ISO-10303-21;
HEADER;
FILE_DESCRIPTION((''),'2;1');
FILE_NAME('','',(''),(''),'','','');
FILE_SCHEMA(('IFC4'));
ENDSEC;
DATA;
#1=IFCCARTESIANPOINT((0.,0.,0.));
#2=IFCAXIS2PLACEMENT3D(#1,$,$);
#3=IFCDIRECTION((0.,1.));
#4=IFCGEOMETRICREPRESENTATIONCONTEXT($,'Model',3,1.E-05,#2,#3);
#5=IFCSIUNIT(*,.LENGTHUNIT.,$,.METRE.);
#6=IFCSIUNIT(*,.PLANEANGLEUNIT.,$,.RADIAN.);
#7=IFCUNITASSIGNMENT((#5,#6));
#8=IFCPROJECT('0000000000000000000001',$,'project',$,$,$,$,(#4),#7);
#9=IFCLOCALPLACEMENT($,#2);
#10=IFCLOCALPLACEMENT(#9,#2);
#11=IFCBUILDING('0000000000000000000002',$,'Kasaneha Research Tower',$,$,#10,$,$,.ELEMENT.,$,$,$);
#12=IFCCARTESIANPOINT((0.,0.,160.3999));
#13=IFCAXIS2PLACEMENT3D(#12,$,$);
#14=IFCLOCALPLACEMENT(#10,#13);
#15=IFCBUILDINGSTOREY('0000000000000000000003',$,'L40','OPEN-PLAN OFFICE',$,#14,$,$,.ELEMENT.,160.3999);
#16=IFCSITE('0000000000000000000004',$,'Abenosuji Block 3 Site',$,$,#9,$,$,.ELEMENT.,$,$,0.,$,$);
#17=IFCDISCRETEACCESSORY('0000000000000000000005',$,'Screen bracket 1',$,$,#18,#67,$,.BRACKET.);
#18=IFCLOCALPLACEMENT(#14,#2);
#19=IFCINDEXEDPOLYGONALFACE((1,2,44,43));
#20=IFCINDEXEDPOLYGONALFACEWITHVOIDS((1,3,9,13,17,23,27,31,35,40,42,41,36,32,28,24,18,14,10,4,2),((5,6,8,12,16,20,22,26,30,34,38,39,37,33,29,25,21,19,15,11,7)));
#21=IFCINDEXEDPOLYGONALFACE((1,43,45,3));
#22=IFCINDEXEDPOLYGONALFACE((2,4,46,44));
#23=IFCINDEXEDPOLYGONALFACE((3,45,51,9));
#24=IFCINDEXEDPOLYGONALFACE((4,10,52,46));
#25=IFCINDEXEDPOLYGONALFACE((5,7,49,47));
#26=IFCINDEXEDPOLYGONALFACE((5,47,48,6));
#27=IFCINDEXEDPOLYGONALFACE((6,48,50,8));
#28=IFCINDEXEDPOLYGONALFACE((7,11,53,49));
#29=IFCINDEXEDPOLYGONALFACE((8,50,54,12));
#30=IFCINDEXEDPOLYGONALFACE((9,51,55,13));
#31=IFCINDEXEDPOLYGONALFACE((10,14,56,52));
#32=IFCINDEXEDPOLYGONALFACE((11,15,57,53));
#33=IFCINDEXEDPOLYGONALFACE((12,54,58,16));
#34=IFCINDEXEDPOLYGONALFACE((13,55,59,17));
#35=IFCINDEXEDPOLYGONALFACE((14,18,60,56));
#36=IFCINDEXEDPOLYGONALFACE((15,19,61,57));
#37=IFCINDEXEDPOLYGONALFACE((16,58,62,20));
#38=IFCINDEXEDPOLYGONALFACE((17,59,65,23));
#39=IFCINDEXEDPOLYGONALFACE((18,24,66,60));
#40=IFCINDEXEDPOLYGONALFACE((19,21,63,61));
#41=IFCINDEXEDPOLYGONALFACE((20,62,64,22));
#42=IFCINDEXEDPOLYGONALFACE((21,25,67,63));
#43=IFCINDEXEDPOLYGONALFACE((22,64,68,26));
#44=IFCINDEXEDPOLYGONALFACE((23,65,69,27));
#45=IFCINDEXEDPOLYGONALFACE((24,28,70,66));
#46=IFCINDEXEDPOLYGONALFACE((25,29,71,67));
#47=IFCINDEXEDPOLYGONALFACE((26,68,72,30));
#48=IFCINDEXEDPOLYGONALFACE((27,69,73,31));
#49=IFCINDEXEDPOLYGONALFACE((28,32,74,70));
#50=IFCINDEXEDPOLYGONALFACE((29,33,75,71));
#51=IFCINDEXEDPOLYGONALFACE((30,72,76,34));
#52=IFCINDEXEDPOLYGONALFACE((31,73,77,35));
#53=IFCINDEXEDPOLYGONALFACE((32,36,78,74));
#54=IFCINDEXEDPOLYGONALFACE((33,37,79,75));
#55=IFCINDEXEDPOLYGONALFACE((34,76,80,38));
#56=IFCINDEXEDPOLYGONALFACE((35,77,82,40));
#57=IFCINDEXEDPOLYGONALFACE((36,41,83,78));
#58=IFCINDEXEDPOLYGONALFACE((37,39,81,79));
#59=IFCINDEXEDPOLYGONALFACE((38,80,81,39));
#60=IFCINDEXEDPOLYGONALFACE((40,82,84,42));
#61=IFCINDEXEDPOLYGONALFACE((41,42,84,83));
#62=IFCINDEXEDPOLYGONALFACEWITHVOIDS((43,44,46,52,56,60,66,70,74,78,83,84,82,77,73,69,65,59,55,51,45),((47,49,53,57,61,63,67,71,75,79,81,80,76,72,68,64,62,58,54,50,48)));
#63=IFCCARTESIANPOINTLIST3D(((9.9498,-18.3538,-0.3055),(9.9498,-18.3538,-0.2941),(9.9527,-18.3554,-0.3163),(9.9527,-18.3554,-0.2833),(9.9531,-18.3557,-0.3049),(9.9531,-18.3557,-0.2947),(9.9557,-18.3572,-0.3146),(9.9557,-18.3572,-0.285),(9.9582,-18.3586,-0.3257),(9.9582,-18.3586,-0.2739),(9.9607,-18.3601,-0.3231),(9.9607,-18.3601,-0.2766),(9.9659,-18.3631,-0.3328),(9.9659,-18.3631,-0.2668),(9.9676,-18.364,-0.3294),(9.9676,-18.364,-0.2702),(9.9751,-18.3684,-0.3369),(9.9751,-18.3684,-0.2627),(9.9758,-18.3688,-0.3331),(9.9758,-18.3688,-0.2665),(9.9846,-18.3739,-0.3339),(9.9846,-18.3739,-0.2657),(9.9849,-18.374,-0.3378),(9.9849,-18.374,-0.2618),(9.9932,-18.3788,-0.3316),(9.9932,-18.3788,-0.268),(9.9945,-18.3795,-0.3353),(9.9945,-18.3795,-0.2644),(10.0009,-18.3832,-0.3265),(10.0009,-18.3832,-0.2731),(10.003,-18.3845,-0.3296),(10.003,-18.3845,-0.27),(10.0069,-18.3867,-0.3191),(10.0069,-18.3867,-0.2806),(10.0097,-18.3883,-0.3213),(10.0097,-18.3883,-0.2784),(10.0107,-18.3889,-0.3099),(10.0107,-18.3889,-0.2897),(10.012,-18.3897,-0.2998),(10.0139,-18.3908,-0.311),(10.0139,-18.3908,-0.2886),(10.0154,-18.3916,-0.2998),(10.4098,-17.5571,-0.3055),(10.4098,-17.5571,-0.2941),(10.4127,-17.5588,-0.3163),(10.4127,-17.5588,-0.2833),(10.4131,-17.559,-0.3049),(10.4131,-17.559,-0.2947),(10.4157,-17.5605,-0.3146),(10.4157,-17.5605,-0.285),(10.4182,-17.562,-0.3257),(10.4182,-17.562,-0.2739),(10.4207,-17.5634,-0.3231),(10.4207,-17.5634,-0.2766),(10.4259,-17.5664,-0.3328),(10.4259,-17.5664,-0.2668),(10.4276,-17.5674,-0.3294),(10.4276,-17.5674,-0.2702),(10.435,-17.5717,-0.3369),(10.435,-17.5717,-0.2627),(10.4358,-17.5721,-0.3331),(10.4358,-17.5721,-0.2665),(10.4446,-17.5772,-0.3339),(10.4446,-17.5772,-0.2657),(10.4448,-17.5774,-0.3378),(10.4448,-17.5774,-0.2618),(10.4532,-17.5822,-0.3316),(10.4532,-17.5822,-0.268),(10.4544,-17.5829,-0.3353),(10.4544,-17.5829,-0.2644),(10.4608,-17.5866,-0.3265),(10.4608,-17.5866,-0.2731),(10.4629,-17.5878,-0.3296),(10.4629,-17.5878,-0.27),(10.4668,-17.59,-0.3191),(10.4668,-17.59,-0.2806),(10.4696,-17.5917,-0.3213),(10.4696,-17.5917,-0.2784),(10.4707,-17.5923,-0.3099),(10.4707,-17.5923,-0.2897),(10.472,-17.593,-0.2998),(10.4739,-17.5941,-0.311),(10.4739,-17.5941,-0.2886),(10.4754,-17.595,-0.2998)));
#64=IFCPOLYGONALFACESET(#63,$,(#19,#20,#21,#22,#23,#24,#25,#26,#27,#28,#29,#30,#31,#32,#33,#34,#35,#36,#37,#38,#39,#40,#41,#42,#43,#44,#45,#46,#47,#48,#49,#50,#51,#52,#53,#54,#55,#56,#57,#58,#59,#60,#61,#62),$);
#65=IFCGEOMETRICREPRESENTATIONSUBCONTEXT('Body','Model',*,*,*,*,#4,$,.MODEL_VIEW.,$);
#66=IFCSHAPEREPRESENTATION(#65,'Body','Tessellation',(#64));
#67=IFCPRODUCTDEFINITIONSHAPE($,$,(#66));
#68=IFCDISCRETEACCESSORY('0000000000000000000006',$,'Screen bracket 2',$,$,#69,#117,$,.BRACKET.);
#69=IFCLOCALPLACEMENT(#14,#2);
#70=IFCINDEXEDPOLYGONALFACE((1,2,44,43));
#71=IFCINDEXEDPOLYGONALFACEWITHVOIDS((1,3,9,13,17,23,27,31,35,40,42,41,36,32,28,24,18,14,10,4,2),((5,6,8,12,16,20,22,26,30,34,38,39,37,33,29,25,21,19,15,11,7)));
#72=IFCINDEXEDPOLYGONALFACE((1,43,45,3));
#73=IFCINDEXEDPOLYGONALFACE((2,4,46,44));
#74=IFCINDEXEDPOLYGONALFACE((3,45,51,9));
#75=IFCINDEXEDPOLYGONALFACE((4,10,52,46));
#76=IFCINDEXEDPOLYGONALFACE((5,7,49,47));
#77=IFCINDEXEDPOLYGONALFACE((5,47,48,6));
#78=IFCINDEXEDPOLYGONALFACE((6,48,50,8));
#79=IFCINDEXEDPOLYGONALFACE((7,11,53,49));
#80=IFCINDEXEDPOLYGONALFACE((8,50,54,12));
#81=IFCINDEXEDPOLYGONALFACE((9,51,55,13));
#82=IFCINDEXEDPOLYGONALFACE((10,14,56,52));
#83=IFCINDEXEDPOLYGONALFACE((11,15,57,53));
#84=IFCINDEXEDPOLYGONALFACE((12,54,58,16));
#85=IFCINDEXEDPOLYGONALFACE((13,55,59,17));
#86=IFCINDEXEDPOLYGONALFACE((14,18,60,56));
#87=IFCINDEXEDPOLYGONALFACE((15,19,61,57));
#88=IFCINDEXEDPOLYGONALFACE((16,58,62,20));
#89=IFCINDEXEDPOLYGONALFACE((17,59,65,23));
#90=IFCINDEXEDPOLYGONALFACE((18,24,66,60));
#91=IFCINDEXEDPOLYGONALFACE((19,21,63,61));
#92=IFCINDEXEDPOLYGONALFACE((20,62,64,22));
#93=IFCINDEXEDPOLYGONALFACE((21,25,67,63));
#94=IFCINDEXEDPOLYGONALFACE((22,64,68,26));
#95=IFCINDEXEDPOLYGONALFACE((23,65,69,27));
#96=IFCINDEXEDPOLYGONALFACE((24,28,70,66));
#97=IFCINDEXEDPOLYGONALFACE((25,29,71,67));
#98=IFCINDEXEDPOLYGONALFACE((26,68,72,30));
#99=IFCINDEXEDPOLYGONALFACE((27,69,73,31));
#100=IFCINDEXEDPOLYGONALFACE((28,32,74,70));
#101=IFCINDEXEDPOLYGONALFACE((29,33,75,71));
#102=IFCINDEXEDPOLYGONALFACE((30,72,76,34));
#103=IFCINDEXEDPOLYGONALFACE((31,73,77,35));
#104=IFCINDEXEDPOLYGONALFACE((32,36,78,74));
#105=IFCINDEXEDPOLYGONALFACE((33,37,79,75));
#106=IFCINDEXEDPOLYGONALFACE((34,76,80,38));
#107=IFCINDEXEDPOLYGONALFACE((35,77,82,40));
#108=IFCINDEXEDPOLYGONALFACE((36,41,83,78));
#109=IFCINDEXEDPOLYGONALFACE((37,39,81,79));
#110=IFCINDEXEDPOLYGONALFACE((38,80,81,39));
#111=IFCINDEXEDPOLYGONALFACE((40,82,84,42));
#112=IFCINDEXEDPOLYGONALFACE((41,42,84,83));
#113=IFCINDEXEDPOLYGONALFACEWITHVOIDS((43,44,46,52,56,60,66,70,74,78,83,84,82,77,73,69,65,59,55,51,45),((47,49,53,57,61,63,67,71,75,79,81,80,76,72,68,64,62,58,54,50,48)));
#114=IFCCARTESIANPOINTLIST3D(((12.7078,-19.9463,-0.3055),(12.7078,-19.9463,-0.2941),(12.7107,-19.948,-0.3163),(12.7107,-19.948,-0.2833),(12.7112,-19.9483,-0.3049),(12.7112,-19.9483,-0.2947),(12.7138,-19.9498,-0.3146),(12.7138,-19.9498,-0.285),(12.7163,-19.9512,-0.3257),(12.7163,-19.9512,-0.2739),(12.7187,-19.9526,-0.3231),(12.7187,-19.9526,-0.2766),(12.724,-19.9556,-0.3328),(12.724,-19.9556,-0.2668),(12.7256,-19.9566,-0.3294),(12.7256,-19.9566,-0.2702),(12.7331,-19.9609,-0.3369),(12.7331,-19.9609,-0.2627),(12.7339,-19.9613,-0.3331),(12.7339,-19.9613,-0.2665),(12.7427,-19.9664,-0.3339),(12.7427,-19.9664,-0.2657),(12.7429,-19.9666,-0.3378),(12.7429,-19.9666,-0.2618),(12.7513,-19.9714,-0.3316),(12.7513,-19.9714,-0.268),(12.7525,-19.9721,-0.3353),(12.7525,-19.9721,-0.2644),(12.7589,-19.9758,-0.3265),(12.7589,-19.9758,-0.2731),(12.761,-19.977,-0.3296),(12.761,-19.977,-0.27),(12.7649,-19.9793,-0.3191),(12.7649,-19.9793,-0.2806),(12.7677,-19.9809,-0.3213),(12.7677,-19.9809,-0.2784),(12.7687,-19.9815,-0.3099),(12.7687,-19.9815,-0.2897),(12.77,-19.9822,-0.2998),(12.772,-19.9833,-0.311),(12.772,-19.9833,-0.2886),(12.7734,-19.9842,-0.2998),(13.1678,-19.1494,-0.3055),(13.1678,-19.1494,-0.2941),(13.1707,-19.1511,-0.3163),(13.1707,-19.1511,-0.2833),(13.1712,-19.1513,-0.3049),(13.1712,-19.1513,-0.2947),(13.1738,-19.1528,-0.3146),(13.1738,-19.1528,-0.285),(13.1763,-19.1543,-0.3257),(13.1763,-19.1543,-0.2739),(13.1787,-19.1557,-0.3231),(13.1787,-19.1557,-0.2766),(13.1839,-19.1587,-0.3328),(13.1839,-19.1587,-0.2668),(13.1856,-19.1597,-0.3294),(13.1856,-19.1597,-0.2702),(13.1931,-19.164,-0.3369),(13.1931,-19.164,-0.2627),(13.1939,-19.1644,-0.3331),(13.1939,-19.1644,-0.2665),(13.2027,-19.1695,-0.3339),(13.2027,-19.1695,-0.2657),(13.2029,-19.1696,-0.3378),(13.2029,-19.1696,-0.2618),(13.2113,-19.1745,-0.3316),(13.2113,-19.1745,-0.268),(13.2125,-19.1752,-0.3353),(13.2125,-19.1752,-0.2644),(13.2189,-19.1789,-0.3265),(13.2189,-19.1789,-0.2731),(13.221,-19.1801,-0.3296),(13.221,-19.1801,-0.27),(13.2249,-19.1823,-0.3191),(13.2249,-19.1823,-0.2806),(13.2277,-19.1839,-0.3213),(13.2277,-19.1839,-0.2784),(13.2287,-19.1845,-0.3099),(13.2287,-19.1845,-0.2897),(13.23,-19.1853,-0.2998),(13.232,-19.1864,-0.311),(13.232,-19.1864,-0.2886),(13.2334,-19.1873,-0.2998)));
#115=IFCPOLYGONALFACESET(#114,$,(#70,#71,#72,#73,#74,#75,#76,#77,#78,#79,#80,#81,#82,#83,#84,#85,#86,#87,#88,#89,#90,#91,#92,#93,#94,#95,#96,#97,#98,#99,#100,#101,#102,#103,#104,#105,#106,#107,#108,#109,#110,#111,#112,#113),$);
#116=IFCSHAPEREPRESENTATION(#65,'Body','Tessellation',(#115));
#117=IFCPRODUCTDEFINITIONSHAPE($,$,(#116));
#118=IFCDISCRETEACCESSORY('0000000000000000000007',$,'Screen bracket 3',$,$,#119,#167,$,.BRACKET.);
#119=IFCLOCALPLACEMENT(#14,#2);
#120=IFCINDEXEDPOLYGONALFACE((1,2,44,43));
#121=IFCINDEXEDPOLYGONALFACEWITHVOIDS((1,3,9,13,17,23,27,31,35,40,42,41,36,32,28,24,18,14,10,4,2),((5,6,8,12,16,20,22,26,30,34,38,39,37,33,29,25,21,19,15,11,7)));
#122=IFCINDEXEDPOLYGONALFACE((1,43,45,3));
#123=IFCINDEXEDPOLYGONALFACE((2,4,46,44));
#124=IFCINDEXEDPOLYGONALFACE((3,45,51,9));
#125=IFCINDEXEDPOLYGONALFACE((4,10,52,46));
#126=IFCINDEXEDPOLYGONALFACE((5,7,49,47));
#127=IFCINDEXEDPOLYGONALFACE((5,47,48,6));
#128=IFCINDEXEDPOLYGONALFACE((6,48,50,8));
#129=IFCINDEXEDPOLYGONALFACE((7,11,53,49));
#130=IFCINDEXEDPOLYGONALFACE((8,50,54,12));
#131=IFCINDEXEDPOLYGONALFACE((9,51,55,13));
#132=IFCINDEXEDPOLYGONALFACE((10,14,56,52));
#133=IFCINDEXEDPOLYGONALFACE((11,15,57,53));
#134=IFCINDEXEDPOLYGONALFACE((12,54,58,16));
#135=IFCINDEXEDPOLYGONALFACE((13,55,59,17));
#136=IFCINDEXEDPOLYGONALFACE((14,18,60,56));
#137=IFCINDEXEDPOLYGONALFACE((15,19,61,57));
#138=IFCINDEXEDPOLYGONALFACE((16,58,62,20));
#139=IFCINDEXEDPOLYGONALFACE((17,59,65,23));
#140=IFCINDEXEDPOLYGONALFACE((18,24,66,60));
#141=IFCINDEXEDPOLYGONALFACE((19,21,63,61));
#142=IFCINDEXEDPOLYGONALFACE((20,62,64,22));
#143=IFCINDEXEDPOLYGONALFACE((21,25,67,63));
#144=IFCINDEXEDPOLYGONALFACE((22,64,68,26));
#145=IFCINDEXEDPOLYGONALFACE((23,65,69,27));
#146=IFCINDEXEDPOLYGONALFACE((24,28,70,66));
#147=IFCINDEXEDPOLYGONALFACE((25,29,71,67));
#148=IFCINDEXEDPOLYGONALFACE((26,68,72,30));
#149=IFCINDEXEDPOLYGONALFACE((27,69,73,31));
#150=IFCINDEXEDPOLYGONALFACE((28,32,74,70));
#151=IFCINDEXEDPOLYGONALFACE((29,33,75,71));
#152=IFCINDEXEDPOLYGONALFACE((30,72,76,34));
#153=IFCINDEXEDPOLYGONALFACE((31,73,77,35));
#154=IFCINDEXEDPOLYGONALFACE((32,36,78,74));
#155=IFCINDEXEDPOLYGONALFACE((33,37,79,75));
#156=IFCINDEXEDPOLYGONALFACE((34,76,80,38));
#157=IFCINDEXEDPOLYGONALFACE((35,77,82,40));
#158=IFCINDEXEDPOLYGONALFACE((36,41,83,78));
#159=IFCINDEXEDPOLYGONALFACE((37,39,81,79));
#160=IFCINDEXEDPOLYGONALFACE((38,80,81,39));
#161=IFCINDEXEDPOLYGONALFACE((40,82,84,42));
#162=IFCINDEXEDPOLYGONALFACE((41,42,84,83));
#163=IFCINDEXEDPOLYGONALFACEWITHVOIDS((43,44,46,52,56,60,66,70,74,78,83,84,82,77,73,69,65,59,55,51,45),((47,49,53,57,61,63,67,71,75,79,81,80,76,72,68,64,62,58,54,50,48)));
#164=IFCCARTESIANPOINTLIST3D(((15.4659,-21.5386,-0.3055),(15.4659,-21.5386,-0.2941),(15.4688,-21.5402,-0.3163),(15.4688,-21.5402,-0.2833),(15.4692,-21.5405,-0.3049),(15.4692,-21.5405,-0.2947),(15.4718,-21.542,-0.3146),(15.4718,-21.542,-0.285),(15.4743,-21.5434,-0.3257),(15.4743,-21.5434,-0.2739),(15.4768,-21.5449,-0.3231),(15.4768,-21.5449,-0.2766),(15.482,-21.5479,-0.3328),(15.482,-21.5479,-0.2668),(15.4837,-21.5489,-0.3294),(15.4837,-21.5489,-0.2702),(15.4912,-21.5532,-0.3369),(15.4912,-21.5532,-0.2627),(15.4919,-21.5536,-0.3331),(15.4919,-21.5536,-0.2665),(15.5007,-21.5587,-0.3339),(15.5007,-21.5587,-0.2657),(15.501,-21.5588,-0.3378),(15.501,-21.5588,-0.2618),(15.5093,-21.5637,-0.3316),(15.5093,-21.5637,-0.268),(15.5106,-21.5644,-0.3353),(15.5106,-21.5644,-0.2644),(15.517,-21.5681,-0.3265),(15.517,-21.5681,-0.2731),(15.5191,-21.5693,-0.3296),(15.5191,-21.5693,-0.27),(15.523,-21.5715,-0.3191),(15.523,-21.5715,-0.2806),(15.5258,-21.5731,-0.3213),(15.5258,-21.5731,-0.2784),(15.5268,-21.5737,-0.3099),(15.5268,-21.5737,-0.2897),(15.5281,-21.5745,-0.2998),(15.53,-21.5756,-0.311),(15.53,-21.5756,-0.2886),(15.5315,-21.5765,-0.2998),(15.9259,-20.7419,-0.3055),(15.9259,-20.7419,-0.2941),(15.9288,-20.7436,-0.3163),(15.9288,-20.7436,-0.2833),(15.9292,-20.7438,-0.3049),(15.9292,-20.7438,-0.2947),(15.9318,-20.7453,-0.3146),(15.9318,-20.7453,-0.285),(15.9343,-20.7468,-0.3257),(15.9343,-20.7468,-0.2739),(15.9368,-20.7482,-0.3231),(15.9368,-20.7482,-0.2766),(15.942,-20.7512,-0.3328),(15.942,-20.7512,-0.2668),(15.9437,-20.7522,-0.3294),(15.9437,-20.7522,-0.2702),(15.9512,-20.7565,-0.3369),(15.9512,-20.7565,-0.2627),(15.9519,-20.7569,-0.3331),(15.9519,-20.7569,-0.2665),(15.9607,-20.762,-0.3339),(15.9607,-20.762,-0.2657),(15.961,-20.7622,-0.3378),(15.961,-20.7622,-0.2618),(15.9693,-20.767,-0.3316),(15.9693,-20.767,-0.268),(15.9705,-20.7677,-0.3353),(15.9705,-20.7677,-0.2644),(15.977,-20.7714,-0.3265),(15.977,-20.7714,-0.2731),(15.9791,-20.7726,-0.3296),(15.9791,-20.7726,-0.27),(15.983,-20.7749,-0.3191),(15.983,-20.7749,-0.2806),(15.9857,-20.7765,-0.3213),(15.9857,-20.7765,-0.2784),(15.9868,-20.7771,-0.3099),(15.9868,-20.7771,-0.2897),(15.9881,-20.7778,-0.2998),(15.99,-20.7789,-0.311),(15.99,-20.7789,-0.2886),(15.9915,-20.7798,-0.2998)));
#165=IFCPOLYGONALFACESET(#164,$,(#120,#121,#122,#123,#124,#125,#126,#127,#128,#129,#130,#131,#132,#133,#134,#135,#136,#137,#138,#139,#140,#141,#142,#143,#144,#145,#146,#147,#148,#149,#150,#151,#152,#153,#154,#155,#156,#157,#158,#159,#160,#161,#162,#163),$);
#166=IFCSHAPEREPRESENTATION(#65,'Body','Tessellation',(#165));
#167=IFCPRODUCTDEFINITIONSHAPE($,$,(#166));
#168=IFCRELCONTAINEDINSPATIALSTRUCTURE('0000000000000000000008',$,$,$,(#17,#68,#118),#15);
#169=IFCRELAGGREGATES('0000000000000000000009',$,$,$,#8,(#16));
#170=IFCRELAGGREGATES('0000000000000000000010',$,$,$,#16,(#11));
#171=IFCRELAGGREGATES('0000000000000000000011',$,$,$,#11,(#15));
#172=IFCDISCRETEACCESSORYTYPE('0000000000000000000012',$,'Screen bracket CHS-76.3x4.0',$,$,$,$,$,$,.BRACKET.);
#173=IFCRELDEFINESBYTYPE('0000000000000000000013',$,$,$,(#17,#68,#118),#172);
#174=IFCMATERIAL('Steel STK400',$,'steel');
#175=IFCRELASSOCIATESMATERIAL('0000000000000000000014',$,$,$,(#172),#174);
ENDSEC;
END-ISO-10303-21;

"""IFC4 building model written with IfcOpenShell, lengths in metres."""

from ifc_helpers import new_model, si_unit, direction, frame, origin, origin_2d, place, context, subcontext, project, spatial, hollow_circle, extrude, material, material_profile, profile_set, type_object, element, save


model = new_model("IFC4")

# Units and contexts
model_context = context("Model", 3, precision=1e-05, world=origin(), true_north=direction((0.0, 1.0)))
body_context = subcontext(model_context, "Body", "Model", "MODEL_VIEW")
ifc_project = project(units=[si_unit("LENGTHUNIT", "METRE"), si_unit("PLANEANGLEUNIT", "RADIAN")], contexts=[model_context])

# Site, building, storey
site_placement = place(None, origin())
site = spatial("IfcSite", under=ifc_project, at=site_placement, Name="Abenosuji Block 3 Site", CompositionType="ELEMENT", RefElevation=0.0)
building_placement = place(site_placement, origin())
building = spatial("IfcBuilding", under=site, at=building_placement, Name="Kasaneha Research Tower", CompositionType="ELEMENT")
storey_placement = place(building_placement, frame((0.0, 0.0, 160.3999)))
storey = spatial("IfcBuildingStorey", under=building, at=storey_placement, Name="L40", Description="OPEN-PLAN OFFICE", CompositionType="ELEMENT", Elevation=160.3999)

# Discrete accessories
ifc_material_1 = material(Name="Steel STK400", Category="steel")
ifc_material_profile_1 = material_profile(ifc_material_1, hollow_circle(Radius=0.0381, WallThickness=0.0039, at=origin_2d()), Name="CHS-76.3x4.0")
ifc_profile_set_1 = profile_set([ifc_material_profile_1], Name="Steel STK400")
discrete_accessory_type = type_object("IfcDiscreteAccessoryType", Name="Screen bracket CHS-76.3x4.0", PredefinedType="BRACKET", material=ifc_profile_set_1)
for number, where, z_axis, x_axis, name in (
    (1, (10.4424, -17.5759, -0.2998), (-0.500021, -0.866013, 0.0), (0.866013, -0.500021, 0.0), "Screen bracket 1"),
):
    element("IfcDiscreteAccessory", number, at=place(storey_placement, frame(where, z_axis=z_axis, x_axis=x_axis)), inside=storey, type_object=discrete_accessory_type, Name=name, PredefinedType="BRACKET", context=body_context, shape_type="SweptSolid", body=[
        extrude(hollow_circle(Radius=0.0381, WallThickness=0.0039, at=origin_2d()), origin(), (0.0, 0.0, 1.0), 0.9199),
    ])
discrete_accessory_1_placement = place(storey_placement, frame((13.2004, -19.1682, -0.2998), z_axis=(-0.499906, -0.86608, 0.0), x_axis=(0.86608, -0.499906, 0.0)))
element("IfcDiscreteAccessory", 2, at=discrete_accessory_1_placement, inside=storey, type_object=discrete_accessory_type, Name="Screen bracket 2", PredefinedType="BRACKET", context=body_context, shape_type="SweptSolid", body=[
    extrude(hollow_circle(Radius=0.0381, WallThickness=0.0039, at=origin_2d()), origin(), (0.0, 0.0, 1.0), 0.9202),
])
discrete_accessory_2_placement = place(storey_placement, frame((15.9585, -20.7607, -0.2998), z_axis=(-0.500021, -0.866013, 0.0), x_axis=(0.866013, -0.500021, 0.0)))
element("IfcDiscreteAccessory", 3, at=discrete_accessory_2_placement, inside=storey, type_object=discrete_accessory_type, Name="Screen bracket 3", PredefinedType="BRACKET", context=body_context, shape_type="SweptSolid", body=[
    extrude(hollow_circle(Radius=0.0381, WallThickness=0.0039, at=origin_2d()), origin(), (0.0, 0.0, 1.0), 0.9199),
])

save(model, "model.ifc")
